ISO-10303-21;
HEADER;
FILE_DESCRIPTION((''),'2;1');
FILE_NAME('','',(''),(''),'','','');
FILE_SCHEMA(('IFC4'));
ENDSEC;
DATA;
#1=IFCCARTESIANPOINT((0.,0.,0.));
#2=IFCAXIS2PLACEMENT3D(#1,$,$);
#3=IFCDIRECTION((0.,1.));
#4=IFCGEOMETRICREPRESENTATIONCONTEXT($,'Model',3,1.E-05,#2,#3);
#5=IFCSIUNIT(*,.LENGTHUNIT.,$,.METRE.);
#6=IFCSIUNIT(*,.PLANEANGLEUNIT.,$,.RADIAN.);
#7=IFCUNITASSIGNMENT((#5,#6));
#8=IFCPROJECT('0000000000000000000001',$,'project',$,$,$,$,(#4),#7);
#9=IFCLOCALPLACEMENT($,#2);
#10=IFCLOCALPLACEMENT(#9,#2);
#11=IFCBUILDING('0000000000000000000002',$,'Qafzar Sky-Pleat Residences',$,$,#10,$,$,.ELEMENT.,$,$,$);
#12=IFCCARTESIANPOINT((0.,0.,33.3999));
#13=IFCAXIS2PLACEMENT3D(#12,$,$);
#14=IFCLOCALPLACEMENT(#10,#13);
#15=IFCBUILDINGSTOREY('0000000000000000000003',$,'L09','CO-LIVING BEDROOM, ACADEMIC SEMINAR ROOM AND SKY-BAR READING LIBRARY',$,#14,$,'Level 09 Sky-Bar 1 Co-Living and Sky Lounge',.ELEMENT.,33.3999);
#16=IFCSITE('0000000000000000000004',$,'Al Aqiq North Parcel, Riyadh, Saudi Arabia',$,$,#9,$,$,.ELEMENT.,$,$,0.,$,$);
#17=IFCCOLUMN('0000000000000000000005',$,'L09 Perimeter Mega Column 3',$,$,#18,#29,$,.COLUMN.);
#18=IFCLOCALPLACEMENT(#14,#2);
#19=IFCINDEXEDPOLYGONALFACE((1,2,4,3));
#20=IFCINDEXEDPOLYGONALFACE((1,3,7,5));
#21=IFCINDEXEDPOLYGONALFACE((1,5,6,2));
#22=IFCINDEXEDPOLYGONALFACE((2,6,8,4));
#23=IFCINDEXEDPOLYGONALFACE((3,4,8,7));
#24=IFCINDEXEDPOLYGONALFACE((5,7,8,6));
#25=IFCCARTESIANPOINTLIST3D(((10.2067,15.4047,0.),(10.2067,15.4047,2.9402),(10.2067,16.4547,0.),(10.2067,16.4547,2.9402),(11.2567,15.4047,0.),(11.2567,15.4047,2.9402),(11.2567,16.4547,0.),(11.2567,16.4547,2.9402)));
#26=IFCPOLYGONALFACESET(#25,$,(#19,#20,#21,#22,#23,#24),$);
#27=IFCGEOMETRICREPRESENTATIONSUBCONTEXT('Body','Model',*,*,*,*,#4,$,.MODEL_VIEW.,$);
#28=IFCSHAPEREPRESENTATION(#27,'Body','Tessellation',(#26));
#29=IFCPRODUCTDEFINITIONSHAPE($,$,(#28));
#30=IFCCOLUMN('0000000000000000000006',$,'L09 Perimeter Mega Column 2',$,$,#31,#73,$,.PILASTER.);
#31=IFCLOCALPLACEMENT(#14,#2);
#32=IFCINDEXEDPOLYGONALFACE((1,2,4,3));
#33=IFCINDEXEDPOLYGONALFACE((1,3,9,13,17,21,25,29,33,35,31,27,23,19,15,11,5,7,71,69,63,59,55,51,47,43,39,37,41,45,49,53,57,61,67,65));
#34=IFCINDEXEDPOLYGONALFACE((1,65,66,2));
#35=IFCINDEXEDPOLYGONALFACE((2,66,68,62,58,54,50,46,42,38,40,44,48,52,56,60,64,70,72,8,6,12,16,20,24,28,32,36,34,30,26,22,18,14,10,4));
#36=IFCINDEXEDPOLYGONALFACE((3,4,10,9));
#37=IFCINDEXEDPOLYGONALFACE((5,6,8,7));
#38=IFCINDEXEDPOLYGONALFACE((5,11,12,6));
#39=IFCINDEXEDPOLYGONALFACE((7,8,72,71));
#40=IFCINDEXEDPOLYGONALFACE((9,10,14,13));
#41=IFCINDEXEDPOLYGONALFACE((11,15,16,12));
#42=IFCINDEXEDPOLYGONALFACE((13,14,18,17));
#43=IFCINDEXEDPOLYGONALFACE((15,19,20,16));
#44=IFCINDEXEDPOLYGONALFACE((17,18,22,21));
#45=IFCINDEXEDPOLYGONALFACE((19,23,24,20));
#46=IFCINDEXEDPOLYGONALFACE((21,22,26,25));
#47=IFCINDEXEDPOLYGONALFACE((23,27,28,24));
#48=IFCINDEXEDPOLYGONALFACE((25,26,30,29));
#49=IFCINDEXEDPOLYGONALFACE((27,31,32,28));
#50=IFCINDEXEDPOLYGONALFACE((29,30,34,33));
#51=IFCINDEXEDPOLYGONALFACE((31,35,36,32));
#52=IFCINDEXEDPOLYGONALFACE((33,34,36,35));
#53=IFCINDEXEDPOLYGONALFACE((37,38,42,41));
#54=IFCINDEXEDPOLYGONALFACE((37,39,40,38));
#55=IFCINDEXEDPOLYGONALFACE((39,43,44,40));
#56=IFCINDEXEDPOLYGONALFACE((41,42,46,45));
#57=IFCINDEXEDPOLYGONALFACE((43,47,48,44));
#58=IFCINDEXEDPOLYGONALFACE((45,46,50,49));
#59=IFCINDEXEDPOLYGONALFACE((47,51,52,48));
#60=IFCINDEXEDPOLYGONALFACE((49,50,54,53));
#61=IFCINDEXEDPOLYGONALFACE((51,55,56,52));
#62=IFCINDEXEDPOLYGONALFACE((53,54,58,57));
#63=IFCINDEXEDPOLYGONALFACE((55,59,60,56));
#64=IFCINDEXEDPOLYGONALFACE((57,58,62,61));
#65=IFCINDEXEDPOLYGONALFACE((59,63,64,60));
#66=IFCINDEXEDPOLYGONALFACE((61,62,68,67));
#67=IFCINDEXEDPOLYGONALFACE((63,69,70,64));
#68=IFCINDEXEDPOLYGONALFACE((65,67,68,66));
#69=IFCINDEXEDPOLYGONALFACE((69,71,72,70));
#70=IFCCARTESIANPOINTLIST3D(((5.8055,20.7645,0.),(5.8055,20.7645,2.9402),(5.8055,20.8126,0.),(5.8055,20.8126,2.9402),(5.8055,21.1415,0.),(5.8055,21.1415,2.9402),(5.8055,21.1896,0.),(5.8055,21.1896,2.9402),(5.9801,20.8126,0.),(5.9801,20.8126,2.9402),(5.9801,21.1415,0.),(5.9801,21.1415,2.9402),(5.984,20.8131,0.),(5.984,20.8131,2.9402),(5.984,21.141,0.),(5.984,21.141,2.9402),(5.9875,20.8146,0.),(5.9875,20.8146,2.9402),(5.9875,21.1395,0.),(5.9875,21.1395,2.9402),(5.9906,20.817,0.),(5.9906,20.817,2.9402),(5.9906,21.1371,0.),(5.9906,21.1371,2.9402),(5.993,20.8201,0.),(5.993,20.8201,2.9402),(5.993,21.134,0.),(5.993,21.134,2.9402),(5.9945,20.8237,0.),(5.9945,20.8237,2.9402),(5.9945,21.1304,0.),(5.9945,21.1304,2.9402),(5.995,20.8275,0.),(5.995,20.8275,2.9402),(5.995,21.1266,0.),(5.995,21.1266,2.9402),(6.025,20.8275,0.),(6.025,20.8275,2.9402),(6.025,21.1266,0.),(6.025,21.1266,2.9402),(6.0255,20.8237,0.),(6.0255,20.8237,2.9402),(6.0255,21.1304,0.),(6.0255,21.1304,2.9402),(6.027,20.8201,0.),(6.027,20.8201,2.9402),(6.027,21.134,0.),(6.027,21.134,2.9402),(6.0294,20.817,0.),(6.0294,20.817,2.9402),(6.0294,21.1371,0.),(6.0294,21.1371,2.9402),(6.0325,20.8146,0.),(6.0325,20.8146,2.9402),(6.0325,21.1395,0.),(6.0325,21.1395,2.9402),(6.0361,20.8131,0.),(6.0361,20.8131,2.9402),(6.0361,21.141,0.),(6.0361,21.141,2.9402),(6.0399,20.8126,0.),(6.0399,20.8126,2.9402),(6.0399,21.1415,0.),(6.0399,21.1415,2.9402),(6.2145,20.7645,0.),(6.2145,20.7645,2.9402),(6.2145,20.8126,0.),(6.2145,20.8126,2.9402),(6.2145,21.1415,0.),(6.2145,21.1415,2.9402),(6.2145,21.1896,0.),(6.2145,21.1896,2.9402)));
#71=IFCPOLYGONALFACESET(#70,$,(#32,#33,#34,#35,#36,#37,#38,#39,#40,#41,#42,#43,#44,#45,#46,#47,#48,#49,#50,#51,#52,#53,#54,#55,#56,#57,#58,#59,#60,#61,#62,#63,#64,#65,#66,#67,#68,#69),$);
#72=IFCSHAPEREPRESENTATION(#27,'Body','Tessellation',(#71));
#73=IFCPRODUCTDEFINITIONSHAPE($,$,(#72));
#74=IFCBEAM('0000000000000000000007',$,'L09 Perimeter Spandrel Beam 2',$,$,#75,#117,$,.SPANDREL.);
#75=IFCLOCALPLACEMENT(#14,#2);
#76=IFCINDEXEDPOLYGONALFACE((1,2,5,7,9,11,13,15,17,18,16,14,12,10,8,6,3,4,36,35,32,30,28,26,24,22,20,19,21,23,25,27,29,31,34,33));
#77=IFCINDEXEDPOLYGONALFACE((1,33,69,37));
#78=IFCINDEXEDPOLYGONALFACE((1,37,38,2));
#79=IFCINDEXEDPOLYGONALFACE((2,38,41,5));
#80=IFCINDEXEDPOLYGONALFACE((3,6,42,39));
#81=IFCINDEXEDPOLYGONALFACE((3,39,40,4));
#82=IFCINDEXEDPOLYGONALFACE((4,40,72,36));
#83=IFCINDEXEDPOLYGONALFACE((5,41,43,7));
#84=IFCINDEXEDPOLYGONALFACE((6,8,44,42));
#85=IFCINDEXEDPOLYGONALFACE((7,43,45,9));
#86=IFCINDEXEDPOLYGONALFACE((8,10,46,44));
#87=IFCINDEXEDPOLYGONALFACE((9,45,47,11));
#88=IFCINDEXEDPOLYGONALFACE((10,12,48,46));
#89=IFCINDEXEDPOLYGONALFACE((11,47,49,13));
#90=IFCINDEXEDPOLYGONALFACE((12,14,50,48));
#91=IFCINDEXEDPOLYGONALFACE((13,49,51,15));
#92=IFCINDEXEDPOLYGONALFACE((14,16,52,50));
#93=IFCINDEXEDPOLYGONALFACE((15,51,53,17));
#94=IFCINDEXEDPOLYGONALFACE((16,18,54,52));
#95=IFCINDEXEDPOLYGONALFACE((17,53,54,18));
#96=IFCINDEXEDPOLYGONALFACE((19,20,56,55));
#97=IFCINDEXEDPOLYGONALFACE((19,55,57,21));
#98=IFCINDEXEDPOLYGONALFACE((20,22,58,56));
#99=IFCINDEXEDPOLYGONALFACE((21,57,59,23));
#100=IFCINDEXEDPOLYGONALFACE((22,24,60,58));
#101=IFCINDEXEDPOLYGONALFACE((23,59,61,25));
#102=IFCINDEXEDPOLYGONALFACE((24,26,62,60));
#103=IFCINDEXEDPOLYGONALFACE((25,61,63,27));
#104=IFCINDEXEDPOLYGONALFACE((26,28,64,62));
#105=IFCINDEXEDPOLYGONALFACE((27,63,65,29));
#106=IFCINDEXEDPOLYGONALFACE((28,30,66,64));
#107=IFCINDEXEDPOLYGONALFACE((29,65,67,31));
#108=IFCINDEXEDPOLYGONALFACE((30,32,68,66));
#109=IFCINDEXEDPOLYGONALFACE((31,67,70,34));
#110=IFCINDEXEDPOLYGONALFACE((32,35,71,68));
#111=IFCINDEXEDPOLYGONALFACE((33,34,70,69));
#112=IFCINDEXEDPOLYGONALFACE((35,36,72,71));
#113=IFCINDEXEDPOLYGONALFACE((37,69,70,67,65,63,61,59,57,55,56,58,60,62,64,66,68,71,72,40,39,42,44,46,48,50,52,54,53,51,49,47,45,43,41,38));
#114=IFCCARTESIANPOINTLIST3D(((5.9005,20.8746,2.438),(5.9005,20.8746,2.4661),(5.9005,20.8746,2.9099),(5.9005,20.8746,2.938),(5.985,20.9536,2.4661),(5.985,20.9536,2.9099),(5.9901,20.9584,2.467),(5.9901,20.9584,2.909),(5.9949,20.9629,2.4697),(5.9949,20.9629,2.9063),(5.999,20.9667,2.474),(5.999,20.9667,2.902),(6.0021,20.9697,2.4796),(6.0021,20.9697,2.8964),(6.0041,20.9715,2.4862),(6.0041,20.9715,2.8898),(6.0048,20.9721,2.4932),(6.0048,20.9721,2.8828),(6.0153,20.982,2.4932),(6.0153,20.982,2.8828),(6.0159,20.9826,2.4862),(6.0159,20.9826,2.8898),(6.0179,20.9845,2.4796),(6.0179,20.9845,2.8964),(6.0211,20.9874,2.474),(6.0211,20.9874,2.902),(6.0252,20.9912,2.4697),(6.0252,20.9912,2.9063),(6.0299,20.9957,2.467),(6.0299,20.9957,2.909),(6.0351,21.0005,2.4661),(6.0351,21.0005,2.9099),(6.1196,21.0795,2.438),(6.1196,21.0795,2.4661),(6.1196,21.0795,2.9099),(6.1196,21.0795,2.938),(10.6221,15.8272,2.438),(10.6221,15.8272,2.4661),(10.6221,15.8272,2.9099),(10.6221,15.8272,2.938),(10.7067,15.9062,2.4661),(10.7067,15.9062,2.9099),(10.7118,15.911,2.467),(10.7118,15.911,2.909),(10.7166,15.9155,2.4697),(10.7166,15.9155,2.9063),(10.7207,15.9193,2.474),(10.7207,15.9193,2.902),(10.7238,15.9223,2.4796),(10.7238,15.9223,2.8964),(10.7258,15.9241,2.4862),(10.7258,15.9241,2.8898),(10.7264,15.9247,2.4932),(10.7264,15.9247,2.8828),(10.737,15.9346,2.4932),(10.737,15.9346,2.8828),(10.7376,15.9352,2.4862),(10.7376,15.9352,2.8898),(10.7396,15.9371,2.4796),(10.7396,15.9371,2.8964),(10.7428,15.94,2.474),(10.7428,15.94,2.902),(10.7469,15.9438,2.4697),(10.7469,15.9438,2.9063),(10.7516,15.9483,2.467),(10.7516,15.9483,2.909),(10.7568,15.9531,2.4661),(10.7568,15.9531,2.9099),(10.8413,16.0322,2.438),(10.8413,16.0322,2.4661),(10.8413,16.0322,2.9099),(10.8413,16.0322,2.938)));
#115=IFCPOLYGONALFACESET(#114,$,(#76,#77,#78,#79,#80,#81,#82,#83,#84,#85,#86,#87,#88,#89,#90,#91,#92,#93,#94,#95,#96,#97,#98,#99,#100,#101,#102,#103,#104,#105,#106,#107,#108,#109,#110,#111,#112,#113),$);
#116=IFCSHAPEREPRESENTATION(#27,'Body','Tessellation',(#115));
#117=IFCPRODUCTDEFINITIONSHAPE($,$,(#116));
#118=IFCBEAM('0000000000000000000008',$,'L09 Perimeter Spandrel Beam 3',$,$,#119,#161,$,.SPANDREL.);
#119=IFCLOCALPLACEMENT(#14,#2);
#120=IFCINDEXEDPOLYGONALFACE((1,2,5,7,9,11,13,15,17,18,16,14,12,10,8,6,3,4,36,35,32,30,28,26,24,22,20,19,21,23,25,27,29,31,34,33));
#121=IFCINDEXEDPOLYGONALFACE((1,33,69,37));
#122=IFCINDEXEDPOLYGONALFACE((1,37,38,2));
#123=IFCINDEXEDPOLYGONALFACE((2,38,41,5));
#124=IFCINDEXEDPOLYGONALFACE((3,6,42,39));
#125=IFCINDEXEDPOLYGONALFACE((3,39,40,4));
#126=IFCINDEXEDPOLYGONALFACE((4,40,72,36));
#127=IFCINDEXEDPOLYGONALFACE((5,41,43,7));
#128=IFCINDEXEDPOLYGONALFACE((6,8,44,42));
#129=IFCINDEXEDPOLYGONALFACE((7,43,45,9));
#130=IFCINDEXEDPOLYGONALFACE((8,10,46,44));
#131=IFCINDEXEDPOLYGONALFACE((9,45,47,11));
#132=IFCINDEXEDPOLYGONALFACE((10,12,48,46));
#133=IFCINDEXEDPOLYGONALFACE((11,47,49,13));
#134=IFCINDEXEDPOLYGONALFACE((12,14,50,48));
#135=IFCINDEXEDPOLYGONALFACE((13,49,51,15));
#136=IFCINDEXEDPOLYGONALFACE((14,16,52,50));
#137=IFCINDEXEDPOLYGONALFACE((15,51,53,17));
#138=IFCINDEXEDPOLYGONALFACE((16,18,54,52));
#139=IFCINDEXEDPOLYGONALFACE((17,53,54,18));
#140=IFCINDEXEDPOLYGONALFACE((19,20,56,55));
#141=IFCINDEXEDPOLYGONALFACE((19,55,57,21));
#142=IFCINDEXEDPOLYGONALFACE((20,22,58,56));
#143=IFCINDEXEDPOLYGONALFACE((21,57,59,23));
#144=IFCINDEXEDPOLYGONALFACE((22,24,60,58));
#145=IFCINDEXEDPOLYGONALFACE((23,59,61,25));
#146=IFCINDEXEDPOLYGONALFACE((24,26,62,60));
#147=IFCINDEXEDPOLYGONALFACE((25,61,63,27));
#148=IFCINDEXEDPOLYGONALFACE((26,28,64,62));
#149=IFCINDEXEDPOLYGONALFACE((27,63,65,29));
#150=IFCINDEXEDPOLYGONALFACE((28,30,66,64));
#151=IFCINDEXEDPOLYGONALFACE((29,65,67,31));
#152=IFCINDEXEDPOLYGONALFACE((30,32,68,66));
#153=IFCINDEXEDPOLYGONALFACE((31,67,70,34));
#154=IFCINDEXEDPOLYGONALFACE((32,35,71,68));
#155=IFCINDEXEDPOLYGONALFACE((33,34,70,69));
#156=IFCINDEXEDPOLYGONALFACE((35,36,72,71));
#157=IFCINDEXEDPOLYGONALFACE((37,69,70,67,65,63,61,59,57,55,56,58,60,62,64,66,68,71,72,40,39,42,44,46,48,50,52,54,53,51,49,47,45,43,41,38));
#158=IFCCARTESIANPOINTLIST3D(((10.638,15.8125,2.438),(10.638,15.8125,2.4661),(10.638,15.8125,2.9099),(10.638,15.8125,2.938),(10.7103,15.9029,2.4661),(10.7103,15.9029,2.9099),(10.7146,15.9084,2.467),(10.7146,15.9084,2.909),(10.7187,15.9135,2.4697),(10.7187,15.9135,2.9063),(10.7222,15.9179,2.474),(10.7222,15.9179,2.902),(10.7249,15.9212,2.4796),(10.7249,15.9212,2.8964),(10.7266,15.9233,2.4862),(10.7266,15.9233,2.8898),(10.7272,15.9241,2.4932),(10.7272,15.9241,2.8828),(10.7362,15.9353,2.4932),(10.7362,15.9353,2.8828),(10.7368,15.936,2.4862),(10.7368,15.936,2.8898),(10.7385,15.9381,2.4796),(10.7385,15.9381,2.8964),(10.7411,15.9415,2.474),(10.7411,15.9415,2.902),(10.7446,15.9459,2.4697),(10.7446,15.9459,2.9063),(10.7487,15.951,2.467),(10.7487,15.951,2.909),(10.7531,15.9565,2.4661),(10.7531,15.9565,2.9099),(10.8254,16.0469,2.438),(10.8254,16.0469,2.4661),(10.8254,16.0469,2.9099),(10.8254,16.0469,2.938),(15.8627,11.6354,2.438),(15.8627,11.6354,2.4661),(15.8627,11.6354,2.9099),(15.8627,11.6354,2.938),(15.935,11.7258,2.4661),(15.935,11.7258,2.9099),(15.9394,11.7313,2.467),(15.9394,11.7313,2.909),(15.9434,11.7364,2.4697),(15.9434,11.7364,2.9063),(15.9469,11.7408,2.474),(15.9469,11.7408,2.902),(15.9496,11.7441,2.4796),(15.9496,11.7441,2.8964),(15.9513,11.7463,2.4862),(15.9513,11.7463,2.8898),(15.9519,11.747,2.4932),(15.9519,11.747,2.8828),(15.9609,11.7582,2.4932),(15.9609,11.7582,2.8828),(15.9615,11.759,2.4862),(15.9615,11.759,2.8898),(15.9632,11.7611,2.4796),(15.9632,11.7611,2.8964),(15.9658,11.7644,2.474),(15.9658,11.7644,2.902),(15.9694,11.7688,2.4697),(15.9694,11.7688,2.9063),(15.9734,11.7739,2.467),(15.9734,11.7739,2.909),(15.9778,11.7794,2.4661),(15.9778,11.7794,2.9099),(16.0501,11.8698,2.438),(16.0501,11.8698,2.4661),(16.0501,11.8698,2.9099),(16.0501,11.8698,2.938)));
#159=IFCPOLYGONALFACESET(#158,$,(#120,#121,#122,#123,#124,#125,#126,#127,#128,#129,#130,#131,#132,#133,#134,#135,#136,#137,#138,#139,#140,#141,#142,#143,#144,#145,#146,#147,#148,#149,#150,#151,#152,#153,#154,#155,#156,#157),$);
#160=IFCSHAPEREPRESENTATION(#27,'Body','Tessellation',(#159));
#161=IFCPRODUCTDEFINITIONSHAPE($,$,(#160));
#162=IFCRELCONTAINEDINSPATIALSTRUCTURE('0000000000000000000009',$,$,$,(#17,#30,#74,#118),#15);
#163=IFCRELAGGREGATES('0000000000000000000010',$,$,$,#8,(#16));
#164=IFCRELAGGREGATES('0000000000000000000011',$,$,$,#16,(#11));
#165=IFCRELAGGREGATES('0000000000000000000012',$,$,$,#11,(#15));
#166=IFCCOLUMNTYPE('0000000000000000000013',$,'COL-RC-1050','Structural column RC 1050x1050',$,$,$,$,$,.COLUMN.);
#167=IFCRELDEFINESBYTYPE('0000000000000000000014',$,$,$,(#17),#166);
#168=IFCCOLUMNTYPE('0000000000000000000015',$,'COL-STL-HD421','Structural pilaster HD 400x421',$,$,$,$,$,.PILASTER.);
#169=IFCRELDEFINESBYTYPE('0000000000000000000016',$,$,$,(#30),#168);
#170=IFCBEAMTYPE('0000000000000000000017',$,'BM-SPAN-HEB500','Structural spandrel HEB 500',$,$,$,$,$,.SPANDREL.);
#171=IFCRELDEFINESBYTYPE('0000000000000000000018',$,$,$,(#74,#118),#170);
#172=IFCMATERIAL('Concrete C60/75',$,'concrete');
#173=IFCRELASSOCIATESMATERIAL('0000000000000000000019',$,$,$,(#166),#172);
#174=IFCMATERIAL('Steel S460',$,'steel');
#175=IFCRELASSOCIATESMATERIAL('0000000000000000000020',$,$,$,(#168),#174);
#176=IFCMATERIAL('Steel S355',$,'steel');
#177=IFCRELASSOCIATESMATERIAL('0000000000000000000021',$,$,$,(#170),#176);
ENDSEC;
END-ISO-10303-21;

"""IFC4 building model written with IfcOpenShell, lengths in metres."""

from ifc_helpers import new_model, si_unit, direction, frame, origin, origin_2d, place, context, subcontext, project, spatial, rectangle, i_section, extrude, source, transform, mapped, material, material_profile, profile_set, type_object, element, save


model = new_model("IFC4")

# Units and contexts
model_context = context("Model", 3, precision=1e-05, world=origin(), true_north=direction((0.0, 1.0)))
body_context = subcontext(model_context, "Body", "Model", "MODEL_VIEW")
ifc_project = project(units=[si_unit("LENGTHUNIT", "METRE"), si_unit("PLANEANGLEUNIT", "RADIAN")], contexts=[model_context])

# Site, building, storey
site_placement = place(None, origin())
site = spatial("IfcSite", under=ifc_project, at=site_placement, Name="Al Aqiq North Parcel, Riyadh, Saudi Arabia", CompositionType="ELEMENT", RefElevation=0.0)
building_placement = place(site_placement, origin())
building = spatial("IfcBuilding", under=site, at=building_placement, Name="Qafzar Sky-Pleat Residences", CompositionType="ELEMENT")
storey_placement = place(building_placement, frame((0.0, 0.0, 33.3999)))
storey = spatial("IfcBuildingStorey", under=building, at=storey_placement, Name="L09", Description="CO-LIVING BEDROOM, ACADEMIC SEMINAR ROOM AND SKY-BAR READING LIBRARY", LongName="Level 09 Sky-Bar 1 Co-Living and Sky Lounge", CompositionType="ELEMENT", Elevation=33.3999)

# Columns
ifc_material_1 = material(Name="Concrete C60/75", Category="concrete")
ifc_material_profile_1 = material_profile(ifc_material_1, rectangle(XDim=1.05, YDim=1.05, at=origin_2d()), Name="RC 1050x1050")
ifc_profile_set_1 = profile_set([ifc_material_profile_1], Name="Concrete C60/75")
column_type_1 = type_object("IfcColumnType", Name="COL-RC-1050", Description="Structural column RC 1050x1050", PredefinedType="COLUMN", material=ifc_profile_set_1)
shared_shape_1 = source(origin(), body_context, "Body", "SweptSolid", [
    extrude(rectangle(XDim=1.05, YDim=1.05, at=origin_2d()), origin(), (0.0, 0.0, 1.0), 2.9402),
])
column_1_placement = place(storey_placement, frame((10.7317, 15.9297, 0.0), z_axis=(0.0, 0.0, 1.0), x_axis=(1.0, 0.0, 0.0)))
element("IfcColumn", 1, at=column_1_placement, inside=storey, type_object=column_type_1, Name="L09 Perimeter Mega Column 3", PredefinedType="COLUMN", context=body_context, shape_type="MappedRepresentation", body=[
    mapped(shared_shape_1, transform((0.0, 0.0, 0.0), x_axis=(1.0, 0.0, 0.0), y_axis=(0.0, 1.0, 0.0), z_axis=(0.0, 0.0, 1.0), scale=1.0)),
])
ifc_material_2 = material(Name="Steel S460", Category="steel")
ifc_material_profile_2 = material_profile(ifc_material_2, i_section(OverallWidth=0.4089, OverallDepth=0.425, WebThickness=0.03, FlangeThickness=0.0481, FilletRadius=0.0149, at=origin_2d()), Name="HD 400x421")
ifc_profile_set_2 = profile_set([ifc_material_profile_2], Name="Steel S460")
column_type_2 = type_object("IfcColumnType", Name="COL-STL-HD421", Description="Structural pilaster HD 400x421", PredefinedType="PILASTER", material=ifc_profile_set_2)
shared_shape_2 = source(origin(), body_context, "Body", "SweptSolid", [
    extrude(i_section(OverallWidth=0.4089, OverallDepth=0.425, WebThickness=0.03, FlangeThickness=0.0481, FilletRadius=0.0149, at=origin_2d()), origin(), (0.0, 0.0, 1.0), 2.9402),
])
column_2_placement = place(storey_placement, frame((6.01, 20.9771, 0.0), z_axis=(0.0, 0.0, 1.0), x_axis=(1.0, 0.0, 0.0)))
element("IfcColumn", 2, at=column_2_placement, inside=storey, type_object=column_type_2, Name="L09 Perimeter Mega Column 2", PredefinedType="PILASTER", context=body_context, shape_type="MappedRepresentation", body=[
    mapped(shared_shape_2, transform((0.0, 0.0, 0.0), x_axis=(1.0, 0.0, 0.0), y_axis=(0.0, 1.0, 0.0), z_axis=(0.0, 0.0, 1.0), scale=1.0)),
])

# Beams
ifc_material_3 = material(Name="Steel S355", Category="steel")
ifc_material_profile_3 = material_profile(ifc_material_3, i_section(OverallWidth=0.3, OverallDepth=0.5, WebThickness=0.0144, FlangeThickness=0.0281, FilletRadius=0.0271, at=origin_2d()), Name="HEB 500")
ifc_profile_set_3 = profile_set([ifc_material_profile_3], Name="Steel S355")
beam_type_1 = type_object("IfcBeamType", Name="BM-SPAN-HEB500", Description="Structural spandrel HEB 500", PredefinedType="SPANDREL", material=ifc_profile_set_3)
shared_shape_3 = source(origin(), body_context, "Body", "SweptSolid", [
    extrude(i_section(OverallWidth=0.3, OverallDepth=0.5, WebThickness=0.0144, FlangeThickness=0.0281, FilletRadius=0.0271, at=origin_2d()), origin(), (0.0, 0.0, 1.0), 6.9116),
])
beam_1_placement = place(storey_placement, frame((6.01, 20.9771, 2.688), z_axis=(0.683153, -0.730275, 0.0), x_axis=(0.730275, 0.683153, 0.0)))
element("IfcBeam", 3, at=beam_1_placement, inside=storey, type_object=beam_type_1, Name="L09 Perimeter Spandrel Beam 2", PredefinedType="SPANDREL", context=body_context, shape_type="MappedRepresentation", body=[
    mapped(shared_shape_3, transform((0.0, 0.0, 0.0), x_axis=(1.0, 0.0, 0.0), y_axis=(0.0, 1.0, 0.0), z_axis=(0.0, 0.0, 1.0), scale=1.0)),
])
shared_shape_4 = source(origin(), body_context, "Body", "SweptSolid", [
    extrude(i_section(OverallWidth=0.3, OverallDepth=0.5, WebThickness=0.0144, FlangeThickness=0.0281, FilletRadius=0.0271, at=origin_2d()), origin(), (0.0, 0.0, 1.0), 6.6892),
])
beam_2_placement = place(storey_placement, frame((10.7317, 15.9297, 2.688), z_axis=(0.781065, -0.62445, 0.0), x_axis=(0.62445, 0.781065, 0.0)))
element("IfcBeam", 4, at=beam_2_placement, inside=storey, type_object=beam_type_1, Name="L09 Perimeter Spandrel Beam 3", PredefinedType="SPANDREL", context=body_context, shape_type="MappedRepresentation", body=[
    mapped(shared_shape_4, transform((0.0, 0.0, 0.0), x_axis=(1.0, 0.0, 0.0), y_axis=(0.0, 1.0, 0.0), z_axis=(0.0, 0.0, 1.0), scale=1.0)),
])

save(model, "model.ifc")
